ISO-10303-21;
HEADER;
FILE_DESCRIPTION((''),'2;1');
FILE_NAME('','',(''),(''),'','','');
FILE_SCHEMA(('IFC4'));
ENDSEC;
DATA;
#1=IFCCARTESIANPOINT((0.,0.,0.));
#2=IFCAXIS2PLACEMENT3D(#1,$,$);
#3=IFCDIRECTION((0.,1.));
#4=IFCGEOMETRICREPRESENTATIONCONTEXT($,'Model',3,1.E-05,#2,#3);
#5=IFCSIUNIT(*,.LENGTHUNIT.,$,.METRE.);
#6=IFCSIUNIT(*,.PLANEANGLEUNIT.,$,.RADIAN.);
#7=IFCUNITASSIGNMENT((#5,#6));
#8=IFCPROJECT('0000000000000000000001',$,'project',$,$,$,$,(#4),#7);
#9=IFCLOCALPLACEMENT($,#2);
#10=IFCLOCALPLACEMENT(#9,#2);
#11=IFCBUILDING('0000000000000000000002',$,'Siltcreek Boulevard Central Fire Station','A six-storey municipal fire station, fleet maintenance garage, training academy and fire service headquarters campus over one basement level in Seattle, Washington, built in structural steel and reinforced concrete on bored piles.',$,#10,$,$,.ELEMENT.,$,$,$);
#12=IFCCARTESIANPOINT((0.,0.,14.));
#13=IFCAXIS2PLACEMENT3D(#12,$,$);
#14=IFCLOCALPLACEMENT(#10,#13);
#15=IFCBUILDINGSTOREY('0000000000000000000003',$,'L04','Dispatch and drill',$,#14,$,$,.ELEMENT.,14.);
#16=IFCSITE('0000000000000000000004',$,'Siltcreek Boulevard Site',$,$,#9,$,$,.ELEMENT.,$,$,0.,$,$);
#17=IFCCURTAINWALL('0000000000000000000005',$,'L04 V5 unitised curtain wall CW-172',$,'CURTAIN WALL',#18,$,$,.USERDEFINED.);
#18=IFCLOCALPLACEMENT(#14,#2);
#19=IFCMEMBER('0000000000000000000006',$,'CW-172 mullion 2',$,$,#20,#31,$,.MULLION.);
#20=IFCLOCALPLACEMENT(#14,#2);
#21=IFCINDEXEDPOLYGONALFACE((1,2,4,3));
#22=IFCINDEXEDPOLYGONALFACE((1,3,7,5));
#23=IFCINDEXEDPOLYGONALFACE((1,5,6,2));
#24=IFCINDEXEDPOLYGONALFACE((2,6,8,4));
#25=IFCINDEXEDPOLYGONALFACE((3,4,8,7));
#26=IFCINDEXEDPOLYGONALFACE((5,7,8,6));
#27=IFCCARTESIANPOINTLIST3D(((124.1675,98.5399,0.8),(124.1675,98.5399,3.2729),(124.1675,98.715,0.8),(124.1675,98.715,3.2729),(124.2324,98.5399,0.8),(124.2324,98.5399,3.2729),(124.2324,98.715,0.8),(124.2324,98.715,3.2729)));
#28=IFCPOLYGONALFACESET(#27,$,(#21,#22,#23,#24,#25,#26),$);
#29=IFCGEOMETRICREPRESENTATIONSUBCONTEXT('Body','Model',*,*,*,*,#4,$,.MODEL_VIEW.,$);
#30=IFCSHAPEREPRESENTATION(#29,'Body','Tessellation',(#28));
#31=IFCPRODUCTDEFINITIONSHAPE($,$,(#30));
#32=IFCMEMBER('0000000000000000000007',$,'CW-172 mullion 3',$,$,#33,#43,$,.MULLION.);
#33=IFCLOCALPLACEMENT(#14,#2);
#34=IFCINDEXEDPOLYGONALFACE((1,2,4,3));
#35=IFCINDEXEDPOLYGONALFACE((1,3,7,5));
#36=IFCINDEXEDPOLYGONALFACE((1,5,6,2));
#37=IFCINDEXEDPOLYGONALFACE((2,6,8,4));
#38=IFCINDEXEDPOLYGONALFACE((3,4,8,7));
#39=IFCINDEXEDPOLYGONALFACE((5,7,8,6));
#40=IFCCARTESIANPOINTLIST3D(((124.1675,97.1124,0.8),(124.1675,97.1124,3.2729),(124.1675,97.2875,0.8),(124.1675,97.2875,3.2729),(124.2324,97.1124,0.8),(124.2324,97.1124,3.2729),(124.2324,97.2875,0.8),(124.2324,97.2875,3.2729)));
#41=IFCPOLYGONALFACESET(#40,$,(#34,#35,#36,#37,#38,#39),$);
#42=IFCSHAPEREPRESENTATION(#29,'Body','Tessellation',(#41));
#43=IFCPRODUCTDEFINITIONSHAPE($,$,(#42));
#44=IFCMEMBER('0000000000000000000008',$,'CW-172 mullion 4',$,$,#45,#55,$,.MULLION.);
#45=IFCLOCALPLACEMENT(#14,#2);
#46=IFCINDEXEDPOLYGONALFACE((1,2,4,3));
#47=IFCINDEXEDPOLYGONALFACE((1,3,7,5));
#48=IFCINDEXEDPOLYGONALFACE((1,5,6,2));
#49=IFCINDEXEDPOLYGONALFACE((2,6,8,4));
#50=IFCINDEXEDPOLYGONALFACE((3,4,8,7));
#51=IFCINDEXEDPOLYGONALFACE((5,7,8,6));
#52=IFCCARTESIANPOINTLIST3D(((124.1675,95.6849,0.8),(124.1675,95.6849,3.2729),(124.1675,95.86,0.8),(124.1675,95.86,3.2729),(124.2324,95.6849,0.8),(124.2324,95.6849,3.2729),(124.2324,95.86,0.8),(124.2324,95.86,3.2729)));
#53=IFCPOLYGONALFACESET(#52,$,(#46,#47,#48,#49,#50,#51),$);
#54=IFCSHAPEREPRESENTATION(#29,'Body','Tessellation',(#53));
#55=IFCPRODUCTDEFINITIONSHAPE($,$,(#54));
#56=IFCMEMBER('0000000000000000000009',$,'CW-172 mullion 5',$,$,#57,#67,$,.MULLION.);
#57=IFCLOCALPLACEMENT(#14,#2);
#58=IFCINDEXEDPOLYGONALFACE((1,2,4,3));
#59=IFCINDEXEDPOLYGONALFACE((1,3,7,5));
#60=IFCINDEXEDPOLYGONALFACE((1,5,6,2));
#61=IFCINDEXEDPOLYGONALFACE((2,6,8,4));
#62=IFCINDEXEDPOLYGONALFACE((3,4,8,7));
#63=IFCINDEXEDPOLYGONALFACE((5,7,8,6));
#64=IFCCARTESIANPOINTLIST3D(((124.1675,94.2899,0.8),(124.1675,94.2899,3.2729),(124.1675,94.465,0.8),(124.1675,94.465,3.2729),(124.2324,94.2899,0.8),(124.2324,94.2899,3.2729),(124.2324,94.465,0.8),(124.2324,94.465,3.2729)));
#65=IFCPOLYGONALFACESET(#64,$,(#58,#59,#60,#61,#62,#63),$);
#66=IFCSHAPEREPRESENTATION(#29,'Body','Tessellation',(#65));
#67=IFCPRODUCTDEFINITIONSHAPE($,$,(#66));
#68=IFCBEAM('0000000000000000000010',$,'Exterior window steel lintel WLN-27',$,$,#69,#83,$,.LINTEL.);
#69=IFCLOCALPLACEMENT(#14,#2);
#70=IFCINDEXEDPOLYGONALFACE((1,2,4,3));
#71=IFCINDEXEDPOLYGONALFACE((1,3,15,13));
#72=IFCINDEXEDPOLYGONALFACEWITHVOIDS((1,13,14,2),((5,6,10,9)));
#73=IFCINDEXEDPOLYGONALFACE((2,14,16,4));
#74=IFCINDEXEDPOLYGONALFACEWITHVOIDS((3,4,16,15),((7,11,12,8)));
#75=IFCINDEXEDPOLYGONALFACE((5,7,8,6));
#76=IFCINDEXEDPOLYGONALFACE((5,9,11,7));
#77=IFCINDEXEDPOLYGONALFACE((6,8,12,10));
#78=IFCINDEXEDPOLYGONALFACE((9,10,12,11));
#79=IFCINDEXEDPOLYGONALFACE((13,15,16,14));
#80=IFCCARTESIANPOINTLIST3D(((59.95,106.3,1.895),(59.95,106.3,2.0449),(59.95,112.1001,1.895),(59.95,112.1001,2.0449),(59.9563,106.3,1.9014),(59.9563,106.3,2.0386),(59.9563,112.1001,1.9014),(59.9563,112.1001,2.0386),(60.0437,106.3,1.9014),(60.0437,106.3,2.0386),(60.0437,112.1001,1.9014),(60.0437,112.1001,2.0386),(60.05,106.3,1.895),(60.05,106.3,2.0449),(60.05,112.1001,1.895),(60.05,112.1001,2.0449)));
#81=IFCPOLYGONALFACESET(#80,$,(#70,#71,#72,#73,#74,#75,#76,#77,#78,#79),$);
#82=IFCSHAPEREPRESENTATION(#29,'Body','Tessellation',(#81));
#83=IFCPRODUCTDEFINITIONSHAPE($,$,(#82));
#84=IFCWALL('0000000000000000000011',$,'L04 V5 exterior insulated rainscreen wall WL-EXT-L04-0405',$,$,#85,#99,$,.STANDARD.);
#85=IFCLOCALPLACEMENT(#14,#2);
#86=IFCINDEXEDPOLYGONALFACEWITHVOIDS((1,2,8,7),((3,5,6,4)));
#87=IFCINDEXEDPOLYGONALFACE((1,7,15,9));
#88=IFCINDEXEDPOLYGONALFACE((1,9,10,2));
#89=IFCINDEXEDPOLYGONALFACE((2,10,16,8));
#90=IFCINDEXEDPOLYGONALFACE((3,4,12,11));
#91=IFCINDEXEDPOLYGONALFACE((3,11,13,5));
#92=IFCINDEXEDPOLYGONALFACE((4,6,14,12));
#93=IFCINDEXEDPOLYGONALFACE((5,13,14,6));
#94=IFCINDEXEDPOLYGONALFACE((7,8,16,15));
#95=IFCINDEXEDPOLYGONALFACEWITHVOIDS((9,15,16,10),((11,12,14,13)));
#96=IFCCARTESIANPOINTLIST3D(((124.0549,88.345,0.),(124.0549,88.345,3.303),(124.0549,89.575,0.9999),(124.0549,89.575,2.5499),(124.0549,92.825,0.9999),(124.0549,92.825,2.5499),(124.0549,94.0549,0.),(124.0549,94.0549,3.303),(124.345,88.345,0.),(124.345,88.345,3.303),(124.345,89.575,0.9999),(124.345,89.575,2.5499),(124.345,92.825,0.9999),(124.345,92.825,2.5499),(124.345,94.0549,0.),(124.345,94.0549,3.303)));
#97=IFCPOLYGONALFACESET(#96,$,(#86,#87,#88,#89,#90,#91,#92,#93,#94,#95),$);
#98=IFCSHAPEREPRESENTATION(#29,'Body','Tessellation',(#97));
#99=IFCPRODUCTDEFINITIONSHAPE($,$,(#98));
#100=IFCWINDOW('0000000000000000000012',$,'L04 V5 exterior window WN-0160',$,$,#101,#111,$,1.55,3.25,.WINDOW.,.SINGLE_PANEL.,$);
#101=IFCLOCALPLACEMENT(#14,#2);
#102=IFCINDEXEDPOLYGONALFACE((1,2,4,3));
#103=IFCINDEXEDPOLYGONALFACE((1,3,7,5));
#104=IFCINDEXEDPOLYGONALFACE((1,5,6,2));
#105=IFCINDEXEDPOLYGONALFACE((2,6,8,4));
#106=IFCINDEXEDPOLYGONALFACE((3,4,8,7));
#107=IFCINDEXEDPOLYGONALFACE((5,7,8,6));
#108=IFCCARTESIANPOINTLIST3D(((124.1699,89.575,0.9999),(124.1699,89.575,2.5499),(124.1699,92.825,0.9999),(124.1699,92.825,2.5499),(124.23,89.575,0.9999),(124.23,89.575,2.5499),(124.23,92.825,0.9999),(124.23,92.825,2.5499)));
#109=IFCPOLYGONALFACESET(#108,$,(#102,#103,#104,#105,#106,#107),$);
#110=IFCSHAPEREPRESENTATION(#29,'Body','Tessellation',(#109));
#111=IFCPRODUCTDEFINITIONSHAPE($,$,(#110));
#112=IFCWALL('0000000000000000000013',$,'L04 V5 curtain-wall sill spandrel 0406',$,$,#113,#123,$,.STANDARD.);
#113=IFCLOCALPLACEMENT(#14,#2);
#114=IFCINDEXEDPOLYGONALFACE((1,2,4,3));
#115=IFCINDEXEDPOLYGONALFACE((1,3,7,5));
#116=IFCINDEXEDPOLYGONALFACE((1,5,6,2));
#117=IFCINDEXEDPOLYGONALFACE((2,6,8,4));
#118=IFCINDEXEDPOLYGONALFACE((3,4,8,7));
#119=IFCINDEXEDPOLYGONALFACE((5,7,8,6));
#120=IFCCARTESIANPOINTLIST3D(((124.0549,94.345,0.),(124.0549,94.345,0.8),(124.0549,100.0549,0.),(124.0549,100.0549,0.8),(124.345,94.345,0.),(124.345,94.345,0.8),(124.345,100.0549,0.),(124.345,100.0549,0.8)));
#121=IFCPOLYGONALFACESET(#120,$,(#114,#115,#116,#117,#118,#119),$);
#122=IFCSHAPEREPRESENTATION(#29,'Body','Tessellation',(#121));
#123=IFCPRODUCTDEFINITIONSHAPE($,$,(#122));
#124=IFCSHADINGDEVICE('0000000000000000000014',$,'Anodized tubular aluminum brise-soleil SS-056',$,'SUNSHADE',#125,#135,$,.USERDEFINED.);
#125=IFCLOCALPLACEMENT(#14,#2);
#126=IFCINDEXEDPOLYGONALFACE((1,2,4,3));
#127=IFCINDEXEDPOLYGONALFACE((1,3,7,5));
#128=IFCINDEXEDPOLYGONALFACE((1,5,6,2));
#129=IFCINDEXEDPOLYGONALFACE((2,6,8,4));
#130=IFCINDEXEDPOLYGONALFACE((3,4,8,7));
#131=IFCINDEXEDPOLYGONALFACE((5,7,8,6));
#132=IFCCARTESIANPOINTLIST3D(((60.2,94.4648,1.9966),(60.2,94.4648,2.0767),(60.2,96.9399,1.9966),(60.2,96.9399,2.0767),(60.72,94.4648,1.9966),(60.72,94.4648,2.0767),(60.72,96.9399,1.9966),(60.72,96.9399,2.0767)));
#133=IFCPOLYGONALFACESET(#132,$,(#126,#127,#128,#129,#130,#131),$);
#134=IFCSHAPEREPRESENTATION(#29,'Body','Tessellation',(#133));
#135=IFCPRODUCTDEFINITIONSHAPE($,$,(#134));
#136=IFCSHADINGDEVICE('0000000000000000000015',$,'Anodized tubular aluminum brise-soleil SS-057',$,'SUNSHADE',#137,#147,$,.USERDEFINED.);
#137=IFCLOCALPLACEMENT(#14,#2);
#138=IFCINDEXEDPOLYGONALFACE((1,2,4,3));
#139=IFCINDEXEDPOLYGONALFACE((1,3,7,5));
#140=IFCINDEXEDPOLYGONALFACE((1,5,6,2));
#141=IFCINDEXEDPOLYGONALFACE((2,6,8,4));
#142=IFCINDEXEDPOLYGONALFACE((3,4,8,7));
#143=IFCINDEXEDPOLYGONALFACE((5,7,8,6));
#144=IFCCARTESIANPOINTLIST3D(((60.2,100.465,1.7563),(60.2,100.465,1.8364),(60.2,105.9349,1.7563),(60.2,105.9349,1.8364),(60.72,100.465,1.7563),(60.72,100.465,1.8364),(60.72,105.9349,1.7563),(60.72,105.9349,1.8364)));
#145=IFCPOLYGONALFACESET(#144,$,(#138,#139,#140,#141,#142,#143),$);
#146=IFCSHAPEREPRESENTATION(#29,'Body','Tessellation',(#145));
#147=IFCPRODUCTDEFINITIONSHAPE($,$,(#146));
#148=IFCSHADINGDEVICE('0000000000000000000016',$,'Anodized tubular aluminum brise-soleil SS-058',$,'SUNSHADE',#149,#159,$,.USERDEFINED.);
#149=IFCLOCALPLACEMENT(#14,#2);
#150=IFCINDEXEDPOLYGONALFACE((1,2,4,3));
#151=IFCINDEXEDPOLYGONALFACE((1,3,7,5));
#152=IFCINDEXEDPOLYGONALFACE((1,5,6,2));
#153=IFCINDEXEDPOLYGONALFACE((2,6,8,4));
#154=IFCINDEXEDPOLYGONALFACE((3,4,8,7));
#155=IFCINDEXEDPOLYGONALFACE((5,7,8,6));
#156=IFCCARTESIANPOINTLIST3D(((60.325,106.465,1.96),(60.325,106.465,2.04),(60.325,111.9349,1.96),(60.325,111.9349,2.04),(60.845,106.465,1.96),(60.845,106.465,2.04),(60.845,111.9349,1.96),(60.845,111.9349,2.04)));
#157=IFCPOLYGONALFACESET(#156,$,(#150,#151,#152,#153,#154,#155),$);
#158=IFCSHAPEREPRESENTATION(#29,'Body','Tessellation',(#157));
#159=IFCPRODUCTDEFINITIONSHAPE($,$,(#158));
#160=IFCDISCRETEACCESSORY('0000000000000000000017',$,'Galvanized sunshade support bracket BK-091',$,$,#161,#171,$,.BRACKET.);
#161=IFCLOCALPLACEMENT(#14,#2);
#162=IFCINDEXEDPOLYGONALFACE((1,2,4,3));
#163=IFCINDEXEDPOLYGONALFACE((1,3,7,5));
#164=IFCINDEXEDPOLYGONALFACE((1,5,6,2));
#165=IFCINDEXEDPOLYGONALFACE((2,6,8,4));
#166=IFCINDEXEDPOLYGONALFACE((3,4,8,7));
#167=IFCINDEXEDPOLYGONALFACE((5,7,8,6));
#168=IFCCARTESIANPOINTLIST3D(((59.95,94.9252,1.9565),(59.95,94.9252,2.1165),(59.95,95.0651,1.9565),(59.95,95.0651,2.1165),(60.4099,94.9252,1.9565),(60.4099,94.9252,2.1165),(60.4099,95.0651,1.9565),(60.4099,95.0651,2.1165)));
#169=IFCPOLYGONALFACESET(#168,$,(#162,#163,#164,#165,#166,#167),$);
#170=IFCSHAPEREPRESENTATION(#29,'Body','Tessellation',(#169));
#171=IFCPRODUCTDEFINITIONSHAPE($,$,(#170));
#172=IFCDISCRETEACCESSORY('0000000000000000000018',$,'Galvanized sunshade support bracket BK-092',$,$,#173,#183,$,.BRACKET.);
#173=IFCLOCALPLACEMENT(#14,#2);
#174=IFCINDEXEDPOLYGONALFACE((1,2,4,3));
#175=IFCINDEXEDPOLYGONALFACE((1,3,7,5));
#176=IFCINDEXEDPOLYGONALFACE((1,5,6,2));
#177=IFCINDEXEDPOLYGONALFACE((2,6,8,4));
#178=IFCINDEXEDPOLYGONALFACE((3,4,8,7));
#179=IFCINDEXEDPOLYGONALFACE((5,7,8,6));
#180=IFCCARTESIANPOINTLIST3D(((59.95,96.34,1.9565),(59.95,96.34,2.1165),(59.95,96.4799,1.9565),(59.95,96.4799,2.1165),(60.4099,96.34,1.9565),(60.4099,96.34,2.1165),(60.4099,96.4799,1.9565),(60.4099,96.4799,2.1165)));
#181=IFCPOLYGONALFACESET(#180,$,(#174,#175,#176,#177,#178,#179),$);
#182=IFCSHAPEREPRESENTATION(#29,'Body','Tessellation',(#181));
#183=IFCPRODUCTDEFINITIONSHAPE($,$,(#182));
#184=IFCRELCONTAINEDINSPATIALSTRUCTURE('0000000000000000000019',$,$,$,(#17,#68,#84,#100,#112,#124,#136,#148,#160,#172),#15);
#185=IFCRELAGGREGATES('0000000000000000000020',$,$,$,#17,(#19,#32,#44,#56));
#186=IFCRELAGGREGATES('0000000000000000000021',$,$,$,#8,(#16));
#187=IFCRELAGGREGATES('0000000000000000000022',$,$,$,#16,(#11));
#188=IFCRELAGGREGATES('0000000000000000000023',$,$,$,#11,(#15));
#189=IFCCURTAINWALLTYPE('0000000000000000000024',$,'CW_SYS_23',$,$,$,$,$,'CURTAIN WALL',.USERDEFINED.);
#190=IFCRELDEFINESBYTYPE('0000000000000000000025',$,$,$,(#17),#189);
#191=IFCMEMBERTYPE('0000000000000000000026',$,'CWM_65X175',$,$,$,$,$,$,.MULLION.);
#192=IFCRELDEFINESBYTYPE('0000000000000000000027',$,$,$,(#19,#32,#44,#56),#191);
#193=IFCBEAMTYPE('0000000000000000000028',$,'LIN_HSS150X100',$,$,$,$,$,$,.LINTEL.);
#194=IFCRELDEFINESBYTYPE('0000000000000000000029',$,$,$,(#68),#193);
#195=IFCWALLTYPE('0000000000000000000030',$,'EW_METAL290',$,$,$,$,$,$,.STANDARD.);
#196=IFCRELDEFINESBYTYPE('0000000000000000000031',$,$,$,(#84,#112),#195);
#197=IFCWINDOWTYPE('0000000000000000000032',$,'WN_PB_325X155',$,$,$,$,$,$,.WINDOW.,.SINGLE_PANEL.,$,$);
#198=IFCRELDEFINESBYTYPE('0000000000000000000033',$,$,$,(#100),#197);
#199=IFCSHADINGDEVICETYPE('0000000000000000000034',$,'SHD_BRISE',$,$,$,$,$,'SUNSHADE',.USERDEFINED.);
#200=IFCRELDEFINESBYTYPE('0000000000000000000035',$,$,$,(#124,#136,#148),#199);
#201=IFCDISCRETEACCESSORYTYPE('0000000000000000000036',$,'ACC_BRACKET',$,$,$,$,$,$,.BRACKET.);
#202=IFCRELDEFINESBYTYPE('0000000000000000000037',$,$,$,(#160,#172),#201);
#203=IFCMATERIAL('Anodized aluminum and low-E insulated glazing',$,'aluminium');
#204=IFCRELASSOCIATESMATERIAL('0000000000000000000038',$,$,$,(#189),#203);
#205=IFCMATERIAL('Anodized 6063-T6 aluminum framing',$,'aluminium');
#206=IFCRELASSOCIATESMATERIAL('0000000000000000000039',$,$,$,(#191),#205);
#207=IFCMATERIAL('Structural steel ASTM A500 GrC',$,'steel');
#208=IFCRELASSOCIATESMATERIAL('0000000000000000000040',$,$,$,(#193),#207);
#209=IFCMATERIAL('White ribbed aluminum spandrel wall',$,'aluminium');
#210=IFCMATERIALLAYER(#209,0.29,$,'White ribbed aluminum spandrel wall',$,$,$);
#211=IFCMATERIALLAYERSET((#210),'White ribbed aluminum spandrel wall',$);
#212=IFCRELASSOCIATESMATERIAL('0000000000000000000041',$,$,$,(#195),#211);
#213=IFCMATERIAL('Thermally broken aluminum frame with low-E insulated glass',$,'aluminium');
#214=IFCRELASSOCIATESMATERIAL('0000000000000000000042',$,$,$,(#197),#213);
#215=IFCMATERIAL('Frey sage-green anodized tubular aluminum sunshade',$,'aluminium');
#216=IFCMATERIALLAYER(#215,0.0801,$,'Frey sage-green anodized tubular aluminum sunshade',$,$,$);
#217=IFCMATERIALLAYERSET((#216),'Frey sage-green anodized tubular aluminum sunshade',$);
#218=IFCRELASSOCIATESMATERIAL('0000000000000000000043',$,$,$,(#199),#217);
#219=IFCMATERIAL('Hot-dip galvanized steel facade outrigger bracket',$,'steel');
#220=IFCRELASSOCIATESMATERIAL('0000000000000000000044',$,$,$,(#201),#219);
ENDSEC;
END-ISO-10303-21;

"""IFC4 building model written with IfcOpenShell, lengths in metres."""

from ifc_helpers import new_model, si_unit, direction, frame, frame_2d, origin, origin_2d, place, context, subcontext, project, spatial, rectangle, hollow_rectangle, extrude, material, layer, layer_set, material_profile, profile_set, type_object, element, fill, aggregate, save


model = new_model("IFC4")

# Units and contexts
model_context = context("Model", 3, precision=1e-05, world=origin(), true_north=direction((0.0, 1.0)))
body_context = subcontext(model_context, "Body", "Model", "MODEL_VIEW")
ifc_project = project(units=[si_unit("LENGTHUNIT", "METRE"), si_unit("PLANEANGLEUNIT", "RADIAN")], contexts=[model_context])

# Site, building, storey
site_placement = place(None, origin())
site = spatial("IfcSite", under=ifc_project, at=site_placement, Name="Siltcreek Boulevard Site", CompositionType="ELEMENT", RefElevation=0.0)
building_placement = place(site_placement, origin())
building = spatial("IfcBuilding", under=site, at=building_placement, Name="Siltcreek Boulevard Central Fire Station", Description="A six-storey municipal fire station, fleet maintenance garage, training academy and fire service headquarters campus over one basement level in Seattle, Washington, built in structural steel and reinforced concrete on bored piles.", CompositionType="ELEMENT")
storey_placement = place(building_placement, frame((0.0, 0.0, 14.0)))
storey = spatial("IfcBuildingStorey", under=building, at=storey_placement, Name="L04", Description="Dispatch and drill", CompositionType="ELEMENT", Elevation=14.0)

# Curtain wall, members
ifc_material_1 = material(Name="Anodized aluminum and low-E insulated glazing", Category="aluminium")
curtain_wall_type = type_object("IfcCurtainWallType", Name="CW_SYS_23", ElementType="CURTAIN WALL", PredefinedType="USERDEFINED", material=ifc_material_1)
curtain_wall_placement = place(storey_placement, origin())
curtain_wall = element("IfcCurtainWall", 1, at=curtain_wall_placement, inside=storey, type_object=curtain_wall_type, Name="L04 V5 unitised curtain wall CW-172", ObjectType="CURTAIN WALL", PredefinedType="USERDEFINED")
ifc_material_2 = material(Name="Anodized 6063-T6 aluminum framing", Category="aluminium")
ifc_material_profile_1 = material_profile(ifc_material_2, rectangle(XDim=0.0649, YDim=0.175, at=origin_2d()), Name="MULL65X175")
ifc_profile_set_1 = profile_set([ifc_material_profile_1], Name="Anodized 6063-T6 aluminum framing")
member_type = type_object("IfcMemberType", Name="CWM_65X175", PredefinedType="MULLION", material=ifc_profile_set_1)
member_1_placement = place(storey_placement, frame((124.2, 98.6274, 0.8), z_axis=(0.0, 0.0, 1.0), x_axis=(1.0, 0.0, 0.0)))
member_1 = element("IfcMember", 2, at=member_1_placement, type_object=member_type, Name="CW-172 mullion 2", PredefinedType="MULLION", context=body_context, shape_type="SweptSolid", body=[
    extrude(rectangle(XDim=0.0649, YDim=0.175, at=origin_2d()), origin(), (0.0, 0.0, 1.0), 2.4729),
])
member_2_placement = place(storey_placement, frame((124.2, 97.2, 0.8), z_axis=(0.0, 0.0, 1.0), x_axis=(1.0, 0.0, 0.0)))
member_2 = element("IfcMember", 3, at=member_2_placement, type_object=member_type, Name="CW-172 mullion 3", PredefinedType="MULLION", context=body_context, shape_type="SweptSolid", body=[
    extrude(rectangle(XDim=0.0649, YDim=0.175, at=origin_2d()), origin(), (0.0, 0.0, 1.0), 2.4729),
])
member_3_placement = place(storey_placement, frame((124.2, 95.7725, 0.8), z_axis=(0.0, 0.0, 1.0), x_axis=(1.0, 0.0, 0.0)))
member_3 = element("IfcMember", 4, at=member_3_placement, type_object=member_type, Name="CW-172 mullion 4", PredefinedType="MULLION", context=body_context, shape_type="SweptSolid", body=[
    extrude(rectangle(XDim=0.0649, YDim=0.175, at=origin_2d()), origin(), (0.0, 0.0, 1.0), 2.4729),
])
member_4_placement = place(storey_placement, frame((124.2, 94.3774, 0.8), z_axis=(0.0, 0.0, 1.0), x_axis=(1.0, 0.0, 0.0)))
member_4 = element("IfcMember", 5, at=member_4_placement, type_object=member_type, Name="CW-172 mullion 5", PredefinedType="MULLION", context=body_context, shape_type="SweptSolid", body=[
    extrude(rectangle(XDim=0.0649, YDim=0.175, at=origin_2d()), origin(), (0.0, 0.0, 1.0), 2.4729),
])
aggregate(curtain_wall, [member_1, member_2, member_3, member_4])

# Beam
ifc_material_3 = material(Name="Structural steel ASTM A500 GrC", Category="steel")
ifc_material_profile_2 = material_profile(ifc_material_3, hollow_rectangle(XDim=0.1001, YDim=0.1499, WallThickness=0.0063, at=origin_2d()), Name="HSS150X100X6.4")
ifc_profile_set_2 = profile_set([ifc_material_profile_2], Name="Structural steel ASTM A500 GrC")
beam_type_1 = type_object("IfcBeamType", Name="LIN_HSS150X100", PredefinedType="LINTEL", material=ifc_profile_set_2)
beam_placement = place(storey_placement, frame((60.0, 106.3, 1.97), z_axis=(0.0, 1.0, 0.0), x_axis=(-1.0, 0.0, 0.0)))
element("IfcBeam", 6, at=beam_placement, inside=storey, type_object=beam_type_1, Name="Exterior window steel lintel WLN-27", PredefinedType="LINTEL", context=body_context, shape_type="SweptSolid", body=[
    extrude(hollow_rectangle(XDim=0.1001, YDim=0.1499, WallThickness=0.0063, at=origin_2d()), origin(), (0.0, 0.0, 1.0), 5.8),
])

# Wall, opening, window
ifc_material_4 = material(Name="White ribbed aluminum spandrel wall", Category="aluminium")
ifc_layer_1 = layer(ifc_material_4, 0.29, Name="White ribbed aluminum spandrel wall")
ifc_layer_set_1 = layer_set([ifc_layer_1], Name="White ribbed aluminum spandrel wall")
wall_type = type_object("IfcWallType", Name="EW_METAL290", PredefinedType="STANDARD", material=ifc_layer_set_1)
wall_1_placement = place(storey_placement, frame((124.2, 94.0549, 0.0), z_axis=(0.0, 0.0, 1.0), x_axis=(0.0, -1.0, 0.0)))
wall_1 = element("IfcWall", 7, at=wall_1_placement, inside=storey, type_object=wall_type, Name="L04 V5 exterior insulated rainscreen wall WL-EXT-L04-0405", PredefinedType="STANDARD", context=body_context, shape_type="SweptSolid", body=[
    extrude(rectangle(XDim=5.71, YDim=0.29, at=frame_2d((2.855, 0.0))), origin(), (0.0, 0.0, 1.0), 3.303),
])
opening_placement = place(wall_1_placement, frame((1.23, 0.0, 1.0)))
opening = element("IfcOpeningElement", 8, at=opening_placement, cuts=wall_1, PredefinedType="OPENING", context=body_context, shape_type="SweptSolid", body=[
    extrude(rectangle(XDim=3.25, YDim=1.55, at=frame_2d((1.625, 0.7749))), frame((0.0, 0.155, 0.0), z_axis=(0.0, -1.0, 0.0), x_axis=(1.0, 0.0, 0.0)), (0.0, 0.0, 1.0), 0.3101),
])
ifc_material_5 = material(Name="Thermally broken aluminum frame with low-E insulated glass", Category="aluminium")
window_type = type_object("IfcWindowType", Name="WN_PB_325X155", PartitioningType="SINGLE_PANEL", PredefinedType="WINDOW", material=ifc_material_5)
window_placement = place(opening_placement, origin())
window = element("IfcWindow", 9, at=window_placement, inside=storey, type_object=window_type, Name="L04 V5 exterior window WN-0160", OverallHeight=1.55, OverallWidth=3.25, PartitioningType="SINGLE_PANEL", PredefinedType="WINDOW", context=body_context, shape_type="SweptSolid", body=[
    extrude(rectangle(XDim=3.25, YDim=1.55, at=frame_2d((1.625, 0.7749))), frame((0.0, 0.03, 0.0), z_axis=(0.0, -1.0, 0.0), x_axis=(1.0, 0.0, 0.0)), (0.0, 0.0, 1.0), 0.0601),
])
fill(opening, window)

# Wall
wall_2_placement = place(storey_placement, frame((124.2, 100.0549, 0.0), z_axis=(0.0, 0.0, 1.0), x_axis=(0.0, -1.0, 0.0)))
element("IfcWall", 10, at=wall_2_placement, inside=storey, type_object=wall_type, Name="L04 V5 curtain-wall sill spandrel 0406", PredefinedType="STANDARD", context=body_context, shape_type="SweptSolid", body=[
    extrude(rectangle(XDim=5.71, YDim=0.29, at=frame_2d((2.855, 0.0))), origin(), (0.0, 0.0, 1.0), 0.8),
])

# Shading devices
ifc_material_6 = material(Name="Frey sage-green anodized tubular aluminum sunshade", Category="aluminium")
ifc_layer_2 = layer(ifc_material_6, 0.0801, Name="Frey sage-green anodized tubular aluminum sunshade")
ifc_layer_set_2 = layer_set([ifc_layer_2], Name="Frey sage-green anodized tubular aluminum sunshade")
shading_device_type = type_object("IfcShadingDeviceType", Name="SHD_BRISE", ElementType="SUNSHADE", PredefinedType="USERDEFINED", material=ifc_layer_set_2)
shading_device_placement = place(storey_placement, frame((60.46, 95.7024, 1.9966), z_axis=(0.0, 0.0, 1.0), x_axis=(0.0, 1.0, 0.0)))
element("IfcShadingDevice", 11, at=shading_device_placement, inside=storey, type_object=shading_device_type, Name="Anodized tubular aluminum brise-soleil SS-056", ObjectType="SUNSHADE", PredefinedType="USERDEFINED", context=body_context, shape_type="SweptSolid", body=[
    extrude(rectangle(XDim=2.4751, YDim=0.52, at=origin_2d()), origin(), (0.0, 0.0, 1.0), 0.0801),
])
for number, where, z_axis, x_axis, name in (
    (12, (60.46, 103.2, 1.7563), (0.0, 0.0, 1.0), (0.0, 1.0, 0.0), "Anodized tubular aluminum brise-soleil SS-057"),
    (13, (60.585, 109.2, 1.96), (0.0, 0.0, 1.0), (0.0, 1.0, 0.0), "Anodized tubular aluminum brise-soleil SS-058"),
):
    element("IfcShadingDevice", number, at=place(storey_placement, frame(where, z_axis=z_axis, x_axis=x_axis)), inside=storey, type_object=shading_device_type, Name=name, ObjectType="SUNSHADE", PredefinedType="USERDEFINED", context=body_context, shape_type="SweptSolid", body=[
        extrude(rectangle(XDim=5.47, YDim=0.52, at=origin_2d()), origin(), (0.0, 0.0, 1.0), 0.0801),
    ])

# Discrete accessories
ifc_material_7 = material(Name="Hot-dip galvanized steel facade outrigger bracket", Category="steel")
discrete_accessory_type = type_object("IfcDiscreteAccessoryType", Name="ACC_BRACKET", PredefinedType="BRACKET", material=ifc_material_7)
for number, where, z_axis, x_axis, name in (
    (14, (60.1799, 94.9951, 1.9565), (0.0, 0.0, 1.0), (0.0, 1.0, 0.0), "Galvanized sunshade support bracket BK-091"),
    (15, (60.1799, 96.4099, 1.9565), (0.0, 0.0, 1.0), (0.0, 1.0, 0.0), "Galvanized sunshade support bracket BK-092"),
):
    element("IfcDiscreteAccessory", number, at=place(storey_placement, frame(where, z_axis=z_axis, x_axis=x_axis)), inside=storey, type_object=discrete_accessory_type, Name=name, PredefinedType="BRACKET", context=body_context, shape_type="SweptSolid", body=[
        extrude(rectangle(XDim=0.1399, YDim=0.46, at=origin_2d()), origin(), (0.0, 0.0, 1.0), 0.1599),
    ])

save(model, "model.ifc")
